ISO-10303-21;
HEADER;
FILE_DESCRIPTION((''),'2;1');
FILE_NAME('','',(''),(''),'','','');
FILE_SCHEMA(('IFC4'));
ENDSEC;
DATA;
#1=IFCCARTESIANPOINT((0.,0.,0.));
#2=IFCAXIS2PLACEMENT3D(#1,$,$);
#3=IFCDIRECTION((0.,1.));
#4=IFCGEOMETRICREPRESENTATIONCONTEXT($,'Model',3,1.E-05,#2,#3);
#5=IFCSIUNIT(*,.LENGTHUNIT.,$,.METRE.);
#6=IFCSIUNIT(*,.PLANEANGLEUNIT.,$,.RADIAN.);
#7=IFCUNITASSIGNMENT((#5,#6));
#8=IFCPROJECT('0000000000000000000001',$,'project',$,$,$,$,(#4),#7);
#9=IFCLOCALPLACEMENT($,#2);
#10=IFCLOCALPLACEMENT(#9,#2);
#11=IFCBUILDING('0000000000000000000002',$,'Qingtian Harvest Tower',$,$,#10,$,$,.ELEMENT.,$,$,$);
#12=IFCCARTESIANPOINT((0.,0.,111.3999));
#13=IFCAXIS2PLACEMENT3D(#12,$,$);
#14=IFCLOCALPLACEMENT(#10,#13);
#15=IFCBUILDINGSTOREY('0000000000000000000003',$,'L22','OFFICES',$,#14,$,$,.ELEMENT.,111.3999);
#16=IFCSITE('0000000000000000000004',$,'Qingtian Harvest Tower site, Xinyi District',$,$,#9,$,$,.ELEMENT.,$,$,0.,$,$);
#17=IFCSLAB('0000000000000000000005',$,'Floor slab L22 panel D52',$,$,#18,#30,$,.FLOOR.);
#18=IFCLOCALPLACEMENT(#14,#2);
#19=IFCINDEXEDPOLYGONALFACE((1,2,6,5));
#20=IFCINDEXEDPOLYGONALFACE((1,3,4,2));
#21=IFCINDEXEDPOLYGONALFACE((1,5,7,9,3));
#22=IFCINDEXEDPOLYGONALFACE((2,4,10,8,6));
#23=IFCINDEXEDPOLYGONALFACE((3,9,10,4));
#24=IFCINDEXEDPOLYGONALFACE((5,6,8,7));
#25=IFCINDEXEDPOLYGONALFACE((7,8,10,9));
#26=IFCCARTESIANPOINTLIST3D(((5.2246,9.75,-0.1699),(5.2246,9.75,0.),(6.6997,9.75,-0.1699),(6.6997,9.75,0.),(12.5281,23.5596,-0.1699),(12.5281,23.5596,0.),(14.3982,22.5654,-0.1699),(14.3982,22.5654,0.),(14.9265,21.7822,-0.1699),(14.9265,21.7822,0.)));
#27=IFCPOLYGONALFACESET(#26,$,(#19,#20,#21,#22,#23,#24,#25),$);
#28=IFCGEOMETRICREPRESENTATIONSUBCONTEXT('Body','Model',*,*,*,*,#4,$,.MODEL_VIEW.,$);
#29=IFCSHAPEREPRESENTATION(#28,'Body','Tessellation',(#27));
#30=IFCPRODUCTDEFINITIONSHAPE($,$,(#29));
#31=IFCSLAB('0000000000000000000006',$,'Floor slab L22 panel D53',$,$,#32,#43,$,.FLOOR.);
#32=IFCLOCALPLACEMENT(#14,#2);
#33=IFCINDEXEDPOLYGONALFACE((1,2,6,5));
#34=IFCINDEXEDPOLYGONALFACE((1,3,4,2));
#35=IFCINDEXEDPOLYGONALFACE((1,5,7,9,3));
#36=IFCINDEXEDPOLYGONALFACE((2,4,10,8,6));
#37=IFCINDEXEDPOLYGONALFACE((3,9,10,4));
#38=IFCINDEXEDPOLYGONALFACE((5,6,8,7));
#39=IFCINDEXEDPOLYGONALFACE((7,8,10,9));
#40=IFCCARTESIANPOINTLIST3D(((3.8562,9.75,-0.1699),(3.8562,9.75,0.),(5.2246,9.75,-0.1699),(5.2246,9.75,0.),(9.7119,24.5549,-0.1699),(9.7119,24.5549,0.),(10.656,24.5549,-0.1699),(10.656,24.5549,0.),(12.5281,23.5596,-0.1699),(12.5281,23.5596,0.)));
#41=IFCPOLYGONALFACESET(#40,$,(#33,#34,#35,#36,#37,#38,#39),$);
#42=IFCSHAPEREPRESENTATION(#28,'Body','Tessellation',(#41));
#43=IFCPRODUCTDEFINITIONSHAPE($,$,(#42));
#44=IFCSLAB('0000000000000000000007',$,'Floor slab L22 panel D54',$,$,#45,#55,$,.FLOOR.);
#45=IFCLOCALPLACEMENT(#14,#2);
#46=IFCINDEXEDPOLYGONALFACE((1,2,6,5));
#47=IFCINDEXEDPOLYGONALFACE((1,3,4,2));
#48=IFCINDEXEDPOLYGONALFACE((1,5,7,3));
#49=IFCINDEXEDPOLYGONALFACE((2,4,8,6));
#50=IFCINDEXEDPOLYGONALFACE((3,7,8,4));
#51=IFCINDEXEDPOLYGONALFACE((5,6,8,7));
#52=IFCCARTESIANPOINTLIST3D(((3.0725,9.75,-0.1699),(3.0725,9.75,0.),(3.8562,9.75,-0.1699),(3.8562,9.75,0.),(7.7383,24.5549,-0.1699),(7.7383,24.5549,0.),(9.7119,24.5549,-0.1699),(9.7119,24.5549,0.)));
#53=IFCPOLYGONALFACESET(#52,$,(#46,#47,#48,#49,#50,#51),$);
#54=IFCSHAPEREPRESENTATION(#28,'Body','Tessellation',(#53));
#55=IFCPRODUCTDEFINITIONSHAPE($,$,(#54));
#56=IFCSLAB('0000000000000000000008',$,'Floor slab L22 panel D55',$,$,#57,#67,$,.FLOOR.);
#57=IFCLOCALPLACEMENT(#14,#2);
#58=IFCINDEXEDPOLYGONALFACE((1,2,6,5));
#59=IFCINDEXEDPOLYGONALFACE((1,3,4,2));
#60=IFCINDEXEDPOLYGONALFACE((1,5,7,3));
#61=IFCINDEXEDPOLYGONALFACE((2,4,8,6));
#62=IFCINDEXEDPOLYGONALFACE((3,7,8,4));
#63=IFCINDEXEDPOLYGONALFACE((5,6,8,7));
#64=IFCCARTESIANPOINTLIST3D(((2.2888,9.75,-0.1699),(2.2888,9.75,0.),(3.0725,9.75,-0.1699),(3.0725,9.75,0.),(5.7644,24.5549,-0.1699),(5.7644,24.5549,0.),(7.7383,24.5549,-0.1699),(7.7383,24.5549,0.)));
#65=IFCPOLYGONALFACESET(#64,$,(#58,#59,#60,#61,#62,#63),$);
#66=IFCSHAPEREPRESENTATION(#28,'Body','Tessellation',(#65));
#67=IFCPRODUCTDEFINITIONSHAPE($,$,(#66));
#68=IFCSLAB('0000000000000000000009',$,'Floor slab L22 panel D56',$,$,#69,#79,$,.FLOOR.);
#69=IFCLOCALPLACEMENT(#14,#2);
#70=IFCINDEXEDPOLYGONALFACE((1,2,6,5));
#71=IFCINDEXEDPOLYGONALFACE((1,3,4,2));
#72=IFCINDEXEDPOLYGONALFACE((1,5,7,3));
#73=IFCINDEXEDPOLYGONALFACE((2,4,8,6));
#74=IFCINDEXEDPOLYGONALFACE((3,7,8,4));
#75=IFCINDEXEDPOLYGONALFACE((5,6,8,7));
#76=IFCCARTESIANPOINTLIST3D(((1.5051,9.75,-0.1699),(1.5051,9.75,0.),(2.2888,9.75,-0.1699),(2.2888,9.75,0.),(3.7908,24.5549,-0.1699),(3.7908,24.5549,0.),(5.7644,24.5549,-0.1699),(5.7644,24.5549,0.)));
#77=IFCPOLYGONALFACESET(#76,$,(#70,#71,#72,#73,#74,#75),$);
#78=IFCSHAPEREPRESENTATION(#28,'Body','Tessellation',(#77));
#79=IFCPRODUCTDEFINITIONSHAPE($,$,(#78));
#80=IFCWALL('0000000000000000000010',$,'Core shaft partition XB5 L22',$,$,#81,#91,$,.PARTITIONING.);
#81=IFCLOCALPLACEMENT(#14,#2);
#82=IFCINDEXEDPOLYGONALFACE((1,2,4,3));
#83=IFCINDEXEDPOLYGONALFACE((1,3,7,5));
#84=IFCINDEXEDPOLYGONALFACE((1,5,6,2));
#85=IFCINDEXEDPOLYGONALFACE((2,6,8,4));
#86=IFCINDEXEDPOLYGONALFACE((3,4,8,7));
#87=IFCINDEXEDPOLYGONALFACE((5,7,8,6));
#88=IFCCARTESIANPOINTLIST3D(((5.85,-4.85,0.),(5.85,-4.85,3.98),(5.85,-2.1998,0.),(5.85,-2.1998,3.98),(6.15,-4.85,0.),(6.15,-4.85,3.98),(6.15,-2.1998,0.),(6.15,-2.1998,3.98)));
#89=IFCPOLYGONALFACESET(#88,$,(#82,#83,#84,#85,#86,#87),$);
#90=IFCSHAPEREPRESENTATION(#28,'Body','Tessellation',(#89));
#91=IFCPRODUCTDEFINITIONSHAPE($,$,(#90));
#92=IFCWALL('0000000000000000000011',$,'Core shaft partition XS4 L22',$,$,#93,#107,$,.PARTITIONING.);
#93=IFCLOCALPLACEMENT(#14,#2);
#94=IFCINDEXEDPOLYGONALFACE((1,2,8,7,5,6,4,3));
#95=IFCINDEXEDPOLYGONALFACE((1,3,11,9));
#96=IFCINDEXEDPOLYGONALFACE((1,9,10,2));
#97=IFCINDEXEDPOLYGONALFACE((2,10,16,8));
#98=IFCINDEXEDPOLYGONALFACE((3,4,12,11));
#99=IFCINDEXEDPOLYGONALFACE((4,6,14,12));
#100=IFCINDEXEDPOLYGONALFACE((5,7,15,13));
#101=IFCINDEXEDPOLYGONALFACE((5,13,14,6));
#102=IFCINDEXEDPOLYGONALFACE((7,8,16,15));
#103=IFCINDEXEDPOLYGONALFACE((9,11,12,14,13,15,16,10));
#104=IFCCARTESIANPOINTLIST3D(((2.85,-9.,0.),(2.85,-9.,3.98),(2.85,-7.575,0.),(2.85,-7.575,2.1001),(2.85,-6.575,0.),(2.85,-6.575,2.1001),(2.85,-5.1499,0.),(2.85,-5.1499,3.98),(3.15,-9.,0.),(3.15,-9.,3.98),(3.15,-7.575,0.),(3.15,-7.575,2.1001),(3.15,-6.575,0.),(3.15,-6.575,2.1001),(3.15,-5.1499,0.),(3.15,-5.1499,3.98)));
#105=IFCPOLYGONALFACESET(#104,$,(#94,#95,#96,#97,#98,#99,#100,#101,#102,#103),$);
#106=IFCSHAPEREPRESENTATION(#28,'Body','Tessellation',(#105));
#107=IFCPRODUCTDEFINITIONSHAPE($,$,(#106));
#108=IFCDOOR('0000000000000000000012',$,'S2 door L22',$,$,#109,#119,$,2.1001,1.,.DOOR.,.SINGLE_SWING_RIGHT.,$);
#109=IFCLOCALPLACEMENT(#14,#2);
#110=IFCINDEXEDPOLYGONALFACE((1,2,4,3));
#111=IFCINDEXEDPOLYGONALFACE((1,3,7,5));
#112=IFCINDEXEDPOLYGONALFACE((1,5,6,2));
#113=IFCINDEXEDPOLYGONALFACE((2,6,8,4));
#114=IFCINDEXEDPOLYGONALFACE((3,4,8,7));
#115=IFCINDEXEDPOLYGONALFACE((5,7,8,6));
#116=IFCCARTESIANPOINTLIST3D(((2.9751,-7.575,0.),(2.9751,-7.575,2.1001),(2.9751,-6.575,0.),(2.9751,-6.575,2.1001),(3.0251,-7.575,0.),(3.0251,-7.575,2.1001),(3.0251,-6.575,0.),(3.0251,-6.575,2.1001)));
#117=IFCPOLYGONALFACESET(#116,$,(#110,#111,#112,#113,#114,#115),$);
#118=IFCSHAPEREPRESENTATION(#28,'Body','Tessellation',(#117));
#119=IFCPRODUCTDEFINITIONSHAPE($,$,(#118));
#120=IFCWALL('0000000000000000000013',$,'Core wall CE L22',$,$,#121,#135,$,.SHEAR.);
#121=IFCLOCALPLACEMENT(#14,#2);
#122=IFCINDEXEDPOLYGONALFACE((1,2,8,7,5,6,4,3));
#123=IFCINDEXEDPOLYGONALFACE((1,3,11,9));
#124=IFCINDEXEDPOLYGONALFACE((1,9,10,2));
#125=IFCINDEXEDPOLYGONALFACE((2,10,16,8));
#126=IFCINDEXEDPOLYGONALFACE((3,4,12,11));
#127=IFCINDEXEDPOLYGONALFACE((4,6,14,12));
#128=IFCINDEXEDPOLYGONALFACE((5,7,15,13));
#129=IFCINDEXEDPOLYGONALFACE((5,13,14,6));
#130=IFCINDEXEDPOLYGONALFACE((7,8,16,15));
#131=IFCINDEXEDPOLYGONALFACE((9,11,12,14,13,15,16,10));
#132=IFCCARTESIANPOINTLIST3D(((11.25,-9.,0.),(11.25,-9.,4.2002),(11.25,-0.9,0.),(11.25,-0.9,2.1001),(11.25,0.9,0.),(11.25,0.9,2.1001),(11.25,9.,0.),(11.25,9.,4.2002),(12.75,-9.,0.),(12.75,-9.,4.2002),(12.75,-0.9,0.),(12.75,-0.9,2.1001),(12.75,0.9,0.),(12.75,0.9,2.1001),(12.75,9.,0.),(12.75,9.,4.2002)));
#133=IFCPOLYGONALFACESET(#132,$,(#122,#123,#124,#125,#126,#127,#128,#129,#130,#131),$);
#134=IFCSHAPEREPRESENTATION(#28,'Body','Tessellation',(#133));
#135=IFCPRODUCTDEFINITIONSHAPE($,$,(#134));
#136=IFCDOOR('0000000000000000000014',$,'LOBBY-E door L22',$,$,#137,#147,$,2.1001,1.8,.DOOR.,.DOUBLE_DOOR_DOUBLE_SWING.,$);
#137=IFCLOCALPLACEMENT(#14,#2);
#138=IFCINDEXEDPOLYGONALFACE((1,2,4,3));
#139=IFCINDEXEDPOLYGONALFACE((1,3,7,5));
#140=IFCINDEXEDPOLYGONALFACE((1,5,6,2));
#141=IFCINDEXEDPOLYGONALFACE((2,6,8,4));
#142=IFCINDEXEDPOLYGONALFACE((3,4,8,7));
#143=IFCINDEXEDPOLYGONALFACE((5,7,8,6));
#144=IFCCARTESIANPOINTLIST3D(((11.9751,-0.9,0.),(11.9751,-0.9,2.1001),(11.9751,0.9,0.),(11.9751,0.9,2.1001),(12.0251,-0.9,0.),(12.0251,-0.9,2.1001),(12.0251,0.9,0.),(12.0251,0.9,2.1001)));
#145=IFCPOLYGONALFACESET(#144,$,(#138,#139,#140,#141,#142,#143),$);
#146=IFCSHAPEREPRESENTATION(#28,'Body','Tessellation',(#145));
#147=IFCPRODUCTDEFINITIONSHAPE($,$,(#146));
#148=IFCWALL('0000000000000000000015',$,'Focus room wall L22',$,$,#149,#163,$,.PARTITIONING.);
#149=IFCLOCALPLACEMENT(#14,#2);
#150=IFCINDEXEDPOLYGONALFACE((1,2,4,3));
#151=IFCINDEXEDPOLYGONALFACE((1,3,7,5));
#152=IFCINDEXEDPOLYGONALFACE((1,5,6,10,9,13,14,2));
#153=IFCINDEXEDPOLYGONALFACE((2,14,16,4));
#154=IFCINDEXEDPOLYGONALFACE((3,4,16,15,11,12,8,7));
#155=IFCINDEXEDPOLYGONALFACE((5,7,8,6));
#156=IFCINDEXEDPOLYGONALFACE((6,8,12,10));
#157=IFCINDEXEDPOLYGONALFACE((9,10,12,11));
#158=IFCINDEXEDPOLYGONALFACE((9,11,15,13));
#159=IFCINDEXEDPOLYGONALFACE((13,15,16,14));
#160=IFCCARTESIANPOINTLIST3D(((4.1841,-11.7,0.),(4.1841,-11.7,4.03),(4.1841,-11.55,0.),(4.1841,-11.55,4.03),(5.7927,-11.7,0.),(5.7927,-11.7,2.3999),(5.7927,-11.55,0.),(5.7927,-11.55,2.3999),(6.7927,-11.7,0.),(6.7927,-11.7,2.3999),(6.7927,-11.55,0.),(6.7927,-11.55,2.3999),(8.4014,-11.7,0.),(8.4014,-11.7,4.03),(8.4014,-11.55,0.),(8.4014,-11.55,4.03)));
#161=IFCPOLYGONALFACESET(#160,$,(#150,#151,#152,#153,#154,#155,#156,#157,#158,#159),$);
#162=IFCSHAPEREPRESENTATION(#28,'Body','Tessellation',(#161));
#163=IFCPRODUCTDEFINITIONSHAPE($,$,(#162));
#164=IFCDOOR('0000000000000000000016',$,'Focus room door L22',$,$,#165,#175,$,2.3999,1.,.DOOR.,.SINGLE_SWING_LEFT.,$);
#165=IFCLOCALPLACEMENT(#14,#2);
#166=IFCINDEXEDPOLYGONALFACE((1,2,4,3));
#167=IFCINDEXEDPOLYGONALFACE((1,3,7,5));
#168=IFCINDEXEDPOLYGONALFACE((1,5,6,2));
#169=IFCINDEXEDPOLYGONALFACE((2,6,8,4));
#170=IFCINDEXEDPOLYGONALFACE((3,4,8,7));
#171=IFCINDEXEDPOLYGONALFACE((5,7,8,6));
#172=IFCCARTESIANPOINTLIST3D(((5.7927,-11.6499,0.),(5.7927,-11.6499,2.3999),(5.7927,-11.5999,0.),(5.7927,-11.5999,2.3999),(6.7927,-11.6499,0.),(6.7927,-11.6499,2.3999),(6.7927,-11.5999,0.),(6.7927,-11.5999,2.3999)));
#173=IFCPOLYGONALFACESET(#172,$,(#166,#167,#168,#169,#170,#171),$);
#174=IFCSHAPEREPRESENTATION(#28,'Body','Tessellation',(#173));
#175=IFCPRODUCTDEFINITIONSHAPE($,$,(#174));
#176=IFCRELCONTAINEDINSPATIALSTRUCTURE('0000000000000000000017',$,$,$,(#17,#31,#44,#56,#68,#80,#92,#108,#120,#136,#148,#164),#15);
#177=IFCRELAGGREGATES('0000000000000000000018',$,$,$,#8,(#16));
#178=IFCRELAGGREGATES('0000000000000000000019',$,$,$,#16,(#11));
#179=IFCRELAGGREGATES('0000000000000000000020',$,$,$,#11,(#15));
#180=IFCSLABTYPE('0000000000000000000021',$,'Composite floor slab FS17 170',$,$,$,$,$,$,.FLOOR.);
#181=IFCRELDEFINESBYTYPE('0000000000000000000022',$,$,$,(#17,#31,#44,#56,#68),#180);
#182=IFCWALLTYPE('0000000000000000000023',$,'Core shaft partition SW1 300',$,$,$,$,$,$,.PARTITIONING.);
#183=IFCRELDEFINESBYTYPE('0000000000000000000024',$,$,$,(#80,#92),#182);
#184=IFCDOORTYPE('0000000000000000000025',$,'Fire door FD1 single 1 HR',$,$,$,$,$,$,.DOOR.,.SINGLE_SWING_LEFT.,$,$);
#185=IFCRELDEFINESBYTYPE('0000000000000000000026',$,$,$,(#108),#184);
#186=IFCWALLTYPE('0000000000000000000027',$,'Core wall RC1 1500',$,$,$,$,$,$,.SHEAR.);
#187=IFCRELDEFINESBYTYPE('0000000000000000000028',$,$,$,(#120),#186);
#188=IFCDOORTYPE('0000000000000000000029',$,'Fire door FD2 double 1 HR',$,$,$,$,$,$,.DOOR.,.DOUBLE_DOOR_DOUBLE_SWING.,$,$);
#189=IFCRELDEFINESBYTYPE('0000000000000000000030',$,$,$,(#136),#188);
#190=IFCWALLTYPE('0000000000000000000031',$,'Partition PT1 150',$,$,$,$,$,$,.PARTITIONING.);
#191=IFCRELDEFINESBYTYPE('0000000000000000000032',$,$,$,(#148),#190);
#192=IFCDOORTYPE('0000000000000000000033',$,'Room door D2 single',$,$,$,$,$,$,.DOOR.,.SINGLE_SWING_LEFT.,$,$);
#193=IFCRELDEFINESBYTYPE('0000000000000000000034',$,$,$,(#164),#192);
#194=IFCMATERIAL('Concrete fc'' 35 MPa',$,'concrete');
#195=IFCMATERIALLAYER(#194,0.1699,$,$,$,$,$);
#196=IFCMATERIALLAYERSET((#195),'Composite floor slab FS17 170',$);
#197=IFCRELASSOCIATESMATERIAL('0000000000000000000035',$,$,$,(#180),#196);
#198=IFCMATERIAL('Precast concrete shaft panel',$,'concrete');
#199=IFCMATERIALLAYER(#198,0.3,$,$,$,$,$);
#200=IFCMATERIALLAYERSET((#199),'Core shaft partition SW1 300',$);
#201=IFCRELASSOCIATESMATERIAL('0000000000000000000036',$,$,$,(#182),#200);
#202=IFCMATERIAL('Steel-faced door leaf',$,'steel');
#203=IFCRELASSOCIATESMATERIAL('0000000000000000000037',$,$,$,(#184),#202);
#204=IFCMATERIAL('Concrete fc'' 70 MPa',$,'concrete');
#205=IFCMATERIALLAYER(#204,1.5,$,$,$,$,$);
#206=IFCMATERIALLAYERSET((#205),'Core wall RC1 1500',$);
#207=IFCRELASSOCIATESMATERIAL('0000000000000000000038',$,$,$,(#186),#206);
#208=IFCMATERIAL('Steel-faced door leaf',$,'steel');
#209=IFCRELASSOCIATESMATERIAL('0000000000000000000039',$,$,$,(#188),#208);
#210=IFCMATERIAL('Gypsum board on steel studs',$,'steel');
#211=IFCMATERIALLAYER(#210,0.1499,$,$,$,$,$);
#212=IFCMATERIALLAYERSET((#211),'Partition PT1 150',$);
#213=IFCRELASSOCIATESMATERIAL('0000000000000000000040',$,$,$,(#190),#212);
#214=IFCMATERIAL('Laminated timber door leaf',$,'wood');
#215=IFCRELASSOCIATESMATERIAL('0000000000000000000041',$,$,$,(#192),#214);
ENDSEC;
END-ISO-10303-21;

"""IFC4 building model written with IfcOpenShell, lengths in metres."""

from ifc_helpers import new_model, si_unit, direction, frame, frame_2d, origin, place, context, subcontext, project, spatial, polyline, rectangle, outline, extrude, material, layer, layer_set, type_object, element, fill, save


model = new_model("IFC4")

# Units and contexts
model_context = context("Model", 3, precision=1e-05, world=origin(), true_north=direction((0.0, 1.0)))
body_context = subcontext(model_context, "Body", "Model", "MODEL_VIEW")
ifc_project = project(units=[si_unit("LENGTHUNIT", "METRE"), si_unit("PLANEANGLEUNIT", "RADIAN")], contexts=[model_context])

# Site, building, storey
site_placement = place(None, origin())
site = spatial("IfcSite", under=ifc_project, at=site_placement, Name="Qingtian Harvest Tower site, Xinyi District", CompositionType="ELEMENT", RefElevation=0.0)
building_placement = place(site_placement, origin())
building = spatial("IfcBuilding", under=site, at=building_placement, Name="Qingtian Harvest Tower", CompositionType="ELEMENT")
storey_placement = place(building_placement, frame((0.0, 0.0, 111.3999)))
storey = spatial("IfcBuildingStorey", under=building, at=storey_placement, Name="L22", Description="OFFICES", CompositionType="ELEMENT", Elevation=111.3999)

# Slabs
ifc_material_1 = material(Name="Concrete fc' 35 MPa", Category="concrete")
ifc_layer_1 = layer(ifc_material_1, 0.1699)
ifc_layer_set_1 = layer_set([ifc_layer_1], Name="Composite floor slab FS17 170")
slab_type = type_object("IfcSlabType", Name="Composite floor slab FS17 170", PredefinedType="FLOOR", material=ifc_layer_set_1)
slab_1_placement = place(storey_placement, frame((0.0, 0.0, -0.1699)))
element("IfcSlab", 1, at=slab_1_placement, inside=storey, type_object=slab_type, Name="Floor slab L22 panel D52", PredefinedType="FLOOR", context=body_context, shape_type="SweptSolid", body=[
    extrude(outline(polyline([(6.6997, 9.75), (5.2246, 9.75), (12.5281, 23.5596), (14.3982, 22.5654), (14.9265, 21.7822), (6.6997, 9.75)])), origin(), (0.0, 0.0, 1.0), 0.1699),
])
slab_2_placement = place(storey_placement, frame((0.0, 0.0, -0.1699)))
element("IfcSlab", 2, at=slab_2_placement, inside=storey, type_object=slab_type, Name="Floor slab L22 panel D53", PredefinedType="FLOOR", context=body_context, shape_type="SweptSolid", body=[
    extrude(outline(polyline([(3.8562, 9.75), (9.7119, 24.5549), (10.656, 24.5549), (12.5281, 23.5596), (5.2246, 9.75), (3.8562, 9.75)])), origin(), (0.0, 0.0, 1.0), 0.1699),
])
slab_3_placement = place(storey_placement, frame((0.0, 0.0, -0.1699)))
element("IfcSlab", 3, at=slab_3_placement, inside=storey, type_object=slab_type, Name="Floor slab L22 panel D54", PredefinedType="FLOOR", context=body_context, shape_type="SweptSolid", body=[
    extrude(outline(polyline([(3.0725, 9.75), (7.7383, 24.5549), (9.7119, 24.5549), (3.8562, 9.75), (3.0725, 9.75)])), origin(), (0.0, 0.0, 1.0), 0.1699),
])
slab_4_placement = place(storey_placement, frame((0.0, 0.0, -0.1699)))
element("IfcSlab", 4, at=slab_4_placement, inside=storey, type_object=slab_type, Name="Floor slab L22 panel D55", PredefinedType="FLOOR", context=body_context, shape_type="SweptSolid", body=[
    extrude(outline(polyline([(2.2888, 9.75), (5.7644, 24.5549), (7.7383, 24.5549), (3.0725, 9.75), (2.2888, 9.75)])), origin(), (0.0, 0.0, 1.0), 0.1699),
])
slab_5_placement = place(storey_placement, frame((0.0, 0.0, -0.1699)))
element("IfcSlab", 5, at=slab_5_placement, inside=storey, type_object=slab_type, Name="Floor slab L22 panel D56", PredefinedType="FLOOR", context=body_context, shape_type="SweptSolid", body=[
    extrude(outline(polyline([(1.5051, 9.75), (3.7908, 24.5549), (5.7644, 24.5549), (2.2888, 9.75), (1.5051, 9.75)])), origin(), (0.0, 0.0, 1.0), 0.1699),
])

# Wall
ifc_material_2 = material(Name="Precast concrete shaft panel", Category="concrete")
ifc_layer_2 = layer(ifc_material_2, 0.3)
ifc_layer_set_2 = layer_set([ifc_layer_2], Name="Core shaft partition SW1 300")
wall_type_1 = type_object("IfcWallType", Name="Core shaft partition SW1 300", PredefinedType="PARTITIONING", material=ifc_layer_set_2)
wall_1_placement = place(storey_placement, frame((6.0, -4.8501, 0.0), z_axis=(0.0, 0.0, 1.0), x_axis=(0.0, 1.0, 0.0)))
element("IfcWall", 6, at=wall_1_placement, inside=storey, type_object=wall_type_1, Name="Core shaft partition XB5 L22", PredefinedType="PARTITIONING", context=body_context, shape_type="SweptSolid", body=[
    extrude(rectangle(XDim=2.6501, YDim=0.3, at=frame_2d((1.3252, 0.0))), origin(), (0.0, 0.0, 1.0), 3.98),
])

# Walls, openings, doors
wall_2_placement = place(storey_placement, frame((3.0, -9.0, 0.0), z_axis=(0.0, 0.0, 1.0), x_axis=(0.0, 1.0, 0.0)))
wall_2 = element("IfcWall", 7, at=wall_2_placement, inside=storey, type_object=wall_type_1, Name="Core shaft partition XS4 L22", PredefinedType="PARTITIONING", context=body_context, shape_type="SweptSolid", body=[
    extrude(rectangle(XDim=3.8501, YDim=0.3, at=frame_2d((1.925, 0.0))), origin(), (0.0, 0.0, 1.0), 3.98),
])
opening_1_placement = place(wall_2_placement, frame((1.425, 0.0, 0.0)))
opening_1 = element("IfcOpeningElement", 8, at=opening_1_placement, cuts=wall_2, PredefinedType="OPENING", context=body_context, shape_type="SweptSolid", body=[
    extrude(rectangle(XDim=1.0, YDim=2.1001, at=frame_2d((0.5, 1.05))), frame((0.0, 0.1599, 0.0), z_axis=(0.0, -1.0, 0.0), x_axis=(1.0, 0.0, 0.0)), (0.0, 0.0, 1.0), 0.3201),
])
ifc_material_3 = material(Name="Steel-faced door leaf", Category="steel")
door_type_1 = type_object("IfcDoorType", Name="Fire door FD1 single 1 HR", OperationType="SINGLE_SWING_LEFT", PredefinedType="DOOR", material=ifc_material_3)
door_1_placement = place(opening_1_placement, origin())
door_1 = element("IfcDoor", 9, at=door_1_placement, inside=storey, type_object=door_type_1, Name="S2 door L22", OperationType="SINGLE_SWING_RIGHT", OverallHeight=2.1001, OverallWidth=1.0, PredefinedType="DOOR", context=body_context, shape_type="SweptSolid", body=[
    extrude(rectangle(XDim=1.0, YDim=2.1001, at=frame_2d((0.5, 1.05))), frame((0.0, 0.0249, 0.0), z_axis=(0.0, -1.0, 0.0), x_axis=(1.0, 0.0, 0.0)), (0.0, 0.0, 1.0), 0.05),
])
fill(opening_1, door_1)
ifc_material_4 = material(Name="Concrete fc' 70 MPa", Category="concrete")
ifc_layer_3 = layer(ifc_material_4, 1.5)
ifc_layer_set_3 = layer_set([ifc_layer_3], Name="Core wall RC1 1500")
wall_type_2 = type_object("IfcWallType", Name="Core wall RC1 1500", PredefinedType="SHEAR", material=ifc_layer_set_3)
wall_3_placement = place(storey_placement, frame((12.0, -9.0, 0.0), z_axis=(0.0, 0.0, 1.0), x_axis=(0.0, 1.0, 0.0)))
wall_3 = element("IfcWall", 10, at=wall_3_placement, inside=storey, type_object=wall_type_2, Name="Core wall CE L22", PredefinedType="SHEAR", context=body_context, shape_type="SweptSolid", body=[
    extrude(rectangle(XDim=18.0, YDim=1.5, at=frame_2d((9.0, 0.0))), origin(), (0.0, 0.0, 1.0), 4.2002),
])
opening_2_placement = place(wall_3_placement, frame((8.1001, 0.0, 0.0)))
opening_2 = element("IfcOpeningElement", 11, at=opening_2_placement, cuts=wall_3, PredefinedType="OPENING", context=body_context, shape_type="SweptSolid", body=[
    extrude(rectangle(XDim=1.8, YDim=2.1001, at=frame_2d((0.8999, 1.05))), frame((0.0, 0.76, 0.0), z_axis=(0.0, -1.0, 0.0), x_axis=(1.0, 0.0, 0.0)), (0.0, 0.0, 1.0), 1.52),
])
ifc_material_5 = material(Name="Steel-faced door leaf", Category="steel")
door_type_2 = type_object("IfcDoorType", Name="Fire door FD2 double 1 HR", OperationType="DOUBLE_DOOR_DOUBLE_SWING", PredefinedType="DOOR", material=ifc_material_5)
door_2_placement = place(opening_2_placement, origin())
door_2 = element("IfcDoor", 12, at=door_2_placement, inside=storey, type_object=door_type_2, Name="LOBBY-E door L22", OperationType="DOUBLE_DOOR_DOUBLE_SWING", OverallHeight=2.1001, OverallWidth=1.8, PredefinedType="DOOR", context=body_context, shape_type="SweptSolid", body=[
    extrude(rectangle(XDim=1.8, YDim=2.1001, at=frame_2d((0.8999, 1.05))), frame((0.0, 0.0249, 0.0), z_axis=(0.0, -1.0, 0.0), x_axis=(1.0, 0.0, 0.0)), (0.0, 0.0, 1.0), 0.05),
])
fill(opening_2, door_2)
ifc_material_6 = material(Name="Gypsum board on steel studs", Category="steel")
ifc_layer_4 = layer(ifc_material_6, 0.1499)
ifc_layer_set_4 = layer_set([ifc_layer_4], Name="Partition PT1 150")
wall_type_3 = type_object("IfcWallType", Name="Partition PT1 150", PredefinedType="PARTITIONING", material=ifc_layer_set_4)
wall_4_placement = place(storey_placement, frame((8.4014, -11.625, 0.0), z_axis=(0.0, 0.0, 1.0), x_axis=(-1.0, 0.0, 0.0)))
wall_4 = element("IfcWall", 13, at=wall_4_placement, inside=storey, type_object=wall_type_3, Name="Focus room wall L22", PredefinedType="PARTITIONING", context=body_context, shape_type="SweptSolid", body=[
    extrude(rectangle(XDim=4.2173, YDim=0.1499, at=frame_2d((2.1086, 0.0))), origin(), (0.0, 0.0, 1.0), 4.03),
])
opening_3_placement = place(wall_4_placement, frame((1.6086, 0.0, 0.0)))
opening_3 = element("IfcOpeningElement", 14, at=opening_3_placement, cuts=wall_4, PredefinedType="OPENING", context=body_context, shape_type="SweptSolid", body=[
    extrude(rectangle(XDim=1.0, YDim=2.3999, at=frame_2d((0.5, 1.2))), frame((0.0, 0.085, 0.0), z_axis=(0.0, -1.0, 0.0), x_axis=(1.0, 0.0, 0.0)), (0.0, 0.0, 1.0), 0.1699),
])
ifc_material_7 = material(Name="Laminated timber door leaf", Category="wood")
door_type_3 = type_object("IfcDoorType", Name="Room door D2 single", OperationType="SINGLE_SWING_LEFT", PredefinedType="DOOR", material=ifc_material_7)
door_3_placement = place(opening_3_placement, origin())
door_3 = element("IfcDoor", 15, at=door_3_placement, inside=storey, type_object=door_type_3, Name="Focus room door L22", OperationType="SINGLE_SWING_LEFT", OverallHeight=2.3999, OverallWidth=1.0, PredefinedType="DOOR", context=body_context, shape_type="SweptSolid", body=[
    extrude(rectangle(XDim=1.0, YDim=2.3999, at=frame_2d((0.5, 1.2))), frame((0.0, 0.0249, 0.0), z_axis=(0.0, -1.0, 0.0), x_axis=(1.0, 0.0, 0.0)), (0.0, 0.0, 1.0), 0.05),
])
fill(opening_3, door_3)

save(model, "model.ifc")
